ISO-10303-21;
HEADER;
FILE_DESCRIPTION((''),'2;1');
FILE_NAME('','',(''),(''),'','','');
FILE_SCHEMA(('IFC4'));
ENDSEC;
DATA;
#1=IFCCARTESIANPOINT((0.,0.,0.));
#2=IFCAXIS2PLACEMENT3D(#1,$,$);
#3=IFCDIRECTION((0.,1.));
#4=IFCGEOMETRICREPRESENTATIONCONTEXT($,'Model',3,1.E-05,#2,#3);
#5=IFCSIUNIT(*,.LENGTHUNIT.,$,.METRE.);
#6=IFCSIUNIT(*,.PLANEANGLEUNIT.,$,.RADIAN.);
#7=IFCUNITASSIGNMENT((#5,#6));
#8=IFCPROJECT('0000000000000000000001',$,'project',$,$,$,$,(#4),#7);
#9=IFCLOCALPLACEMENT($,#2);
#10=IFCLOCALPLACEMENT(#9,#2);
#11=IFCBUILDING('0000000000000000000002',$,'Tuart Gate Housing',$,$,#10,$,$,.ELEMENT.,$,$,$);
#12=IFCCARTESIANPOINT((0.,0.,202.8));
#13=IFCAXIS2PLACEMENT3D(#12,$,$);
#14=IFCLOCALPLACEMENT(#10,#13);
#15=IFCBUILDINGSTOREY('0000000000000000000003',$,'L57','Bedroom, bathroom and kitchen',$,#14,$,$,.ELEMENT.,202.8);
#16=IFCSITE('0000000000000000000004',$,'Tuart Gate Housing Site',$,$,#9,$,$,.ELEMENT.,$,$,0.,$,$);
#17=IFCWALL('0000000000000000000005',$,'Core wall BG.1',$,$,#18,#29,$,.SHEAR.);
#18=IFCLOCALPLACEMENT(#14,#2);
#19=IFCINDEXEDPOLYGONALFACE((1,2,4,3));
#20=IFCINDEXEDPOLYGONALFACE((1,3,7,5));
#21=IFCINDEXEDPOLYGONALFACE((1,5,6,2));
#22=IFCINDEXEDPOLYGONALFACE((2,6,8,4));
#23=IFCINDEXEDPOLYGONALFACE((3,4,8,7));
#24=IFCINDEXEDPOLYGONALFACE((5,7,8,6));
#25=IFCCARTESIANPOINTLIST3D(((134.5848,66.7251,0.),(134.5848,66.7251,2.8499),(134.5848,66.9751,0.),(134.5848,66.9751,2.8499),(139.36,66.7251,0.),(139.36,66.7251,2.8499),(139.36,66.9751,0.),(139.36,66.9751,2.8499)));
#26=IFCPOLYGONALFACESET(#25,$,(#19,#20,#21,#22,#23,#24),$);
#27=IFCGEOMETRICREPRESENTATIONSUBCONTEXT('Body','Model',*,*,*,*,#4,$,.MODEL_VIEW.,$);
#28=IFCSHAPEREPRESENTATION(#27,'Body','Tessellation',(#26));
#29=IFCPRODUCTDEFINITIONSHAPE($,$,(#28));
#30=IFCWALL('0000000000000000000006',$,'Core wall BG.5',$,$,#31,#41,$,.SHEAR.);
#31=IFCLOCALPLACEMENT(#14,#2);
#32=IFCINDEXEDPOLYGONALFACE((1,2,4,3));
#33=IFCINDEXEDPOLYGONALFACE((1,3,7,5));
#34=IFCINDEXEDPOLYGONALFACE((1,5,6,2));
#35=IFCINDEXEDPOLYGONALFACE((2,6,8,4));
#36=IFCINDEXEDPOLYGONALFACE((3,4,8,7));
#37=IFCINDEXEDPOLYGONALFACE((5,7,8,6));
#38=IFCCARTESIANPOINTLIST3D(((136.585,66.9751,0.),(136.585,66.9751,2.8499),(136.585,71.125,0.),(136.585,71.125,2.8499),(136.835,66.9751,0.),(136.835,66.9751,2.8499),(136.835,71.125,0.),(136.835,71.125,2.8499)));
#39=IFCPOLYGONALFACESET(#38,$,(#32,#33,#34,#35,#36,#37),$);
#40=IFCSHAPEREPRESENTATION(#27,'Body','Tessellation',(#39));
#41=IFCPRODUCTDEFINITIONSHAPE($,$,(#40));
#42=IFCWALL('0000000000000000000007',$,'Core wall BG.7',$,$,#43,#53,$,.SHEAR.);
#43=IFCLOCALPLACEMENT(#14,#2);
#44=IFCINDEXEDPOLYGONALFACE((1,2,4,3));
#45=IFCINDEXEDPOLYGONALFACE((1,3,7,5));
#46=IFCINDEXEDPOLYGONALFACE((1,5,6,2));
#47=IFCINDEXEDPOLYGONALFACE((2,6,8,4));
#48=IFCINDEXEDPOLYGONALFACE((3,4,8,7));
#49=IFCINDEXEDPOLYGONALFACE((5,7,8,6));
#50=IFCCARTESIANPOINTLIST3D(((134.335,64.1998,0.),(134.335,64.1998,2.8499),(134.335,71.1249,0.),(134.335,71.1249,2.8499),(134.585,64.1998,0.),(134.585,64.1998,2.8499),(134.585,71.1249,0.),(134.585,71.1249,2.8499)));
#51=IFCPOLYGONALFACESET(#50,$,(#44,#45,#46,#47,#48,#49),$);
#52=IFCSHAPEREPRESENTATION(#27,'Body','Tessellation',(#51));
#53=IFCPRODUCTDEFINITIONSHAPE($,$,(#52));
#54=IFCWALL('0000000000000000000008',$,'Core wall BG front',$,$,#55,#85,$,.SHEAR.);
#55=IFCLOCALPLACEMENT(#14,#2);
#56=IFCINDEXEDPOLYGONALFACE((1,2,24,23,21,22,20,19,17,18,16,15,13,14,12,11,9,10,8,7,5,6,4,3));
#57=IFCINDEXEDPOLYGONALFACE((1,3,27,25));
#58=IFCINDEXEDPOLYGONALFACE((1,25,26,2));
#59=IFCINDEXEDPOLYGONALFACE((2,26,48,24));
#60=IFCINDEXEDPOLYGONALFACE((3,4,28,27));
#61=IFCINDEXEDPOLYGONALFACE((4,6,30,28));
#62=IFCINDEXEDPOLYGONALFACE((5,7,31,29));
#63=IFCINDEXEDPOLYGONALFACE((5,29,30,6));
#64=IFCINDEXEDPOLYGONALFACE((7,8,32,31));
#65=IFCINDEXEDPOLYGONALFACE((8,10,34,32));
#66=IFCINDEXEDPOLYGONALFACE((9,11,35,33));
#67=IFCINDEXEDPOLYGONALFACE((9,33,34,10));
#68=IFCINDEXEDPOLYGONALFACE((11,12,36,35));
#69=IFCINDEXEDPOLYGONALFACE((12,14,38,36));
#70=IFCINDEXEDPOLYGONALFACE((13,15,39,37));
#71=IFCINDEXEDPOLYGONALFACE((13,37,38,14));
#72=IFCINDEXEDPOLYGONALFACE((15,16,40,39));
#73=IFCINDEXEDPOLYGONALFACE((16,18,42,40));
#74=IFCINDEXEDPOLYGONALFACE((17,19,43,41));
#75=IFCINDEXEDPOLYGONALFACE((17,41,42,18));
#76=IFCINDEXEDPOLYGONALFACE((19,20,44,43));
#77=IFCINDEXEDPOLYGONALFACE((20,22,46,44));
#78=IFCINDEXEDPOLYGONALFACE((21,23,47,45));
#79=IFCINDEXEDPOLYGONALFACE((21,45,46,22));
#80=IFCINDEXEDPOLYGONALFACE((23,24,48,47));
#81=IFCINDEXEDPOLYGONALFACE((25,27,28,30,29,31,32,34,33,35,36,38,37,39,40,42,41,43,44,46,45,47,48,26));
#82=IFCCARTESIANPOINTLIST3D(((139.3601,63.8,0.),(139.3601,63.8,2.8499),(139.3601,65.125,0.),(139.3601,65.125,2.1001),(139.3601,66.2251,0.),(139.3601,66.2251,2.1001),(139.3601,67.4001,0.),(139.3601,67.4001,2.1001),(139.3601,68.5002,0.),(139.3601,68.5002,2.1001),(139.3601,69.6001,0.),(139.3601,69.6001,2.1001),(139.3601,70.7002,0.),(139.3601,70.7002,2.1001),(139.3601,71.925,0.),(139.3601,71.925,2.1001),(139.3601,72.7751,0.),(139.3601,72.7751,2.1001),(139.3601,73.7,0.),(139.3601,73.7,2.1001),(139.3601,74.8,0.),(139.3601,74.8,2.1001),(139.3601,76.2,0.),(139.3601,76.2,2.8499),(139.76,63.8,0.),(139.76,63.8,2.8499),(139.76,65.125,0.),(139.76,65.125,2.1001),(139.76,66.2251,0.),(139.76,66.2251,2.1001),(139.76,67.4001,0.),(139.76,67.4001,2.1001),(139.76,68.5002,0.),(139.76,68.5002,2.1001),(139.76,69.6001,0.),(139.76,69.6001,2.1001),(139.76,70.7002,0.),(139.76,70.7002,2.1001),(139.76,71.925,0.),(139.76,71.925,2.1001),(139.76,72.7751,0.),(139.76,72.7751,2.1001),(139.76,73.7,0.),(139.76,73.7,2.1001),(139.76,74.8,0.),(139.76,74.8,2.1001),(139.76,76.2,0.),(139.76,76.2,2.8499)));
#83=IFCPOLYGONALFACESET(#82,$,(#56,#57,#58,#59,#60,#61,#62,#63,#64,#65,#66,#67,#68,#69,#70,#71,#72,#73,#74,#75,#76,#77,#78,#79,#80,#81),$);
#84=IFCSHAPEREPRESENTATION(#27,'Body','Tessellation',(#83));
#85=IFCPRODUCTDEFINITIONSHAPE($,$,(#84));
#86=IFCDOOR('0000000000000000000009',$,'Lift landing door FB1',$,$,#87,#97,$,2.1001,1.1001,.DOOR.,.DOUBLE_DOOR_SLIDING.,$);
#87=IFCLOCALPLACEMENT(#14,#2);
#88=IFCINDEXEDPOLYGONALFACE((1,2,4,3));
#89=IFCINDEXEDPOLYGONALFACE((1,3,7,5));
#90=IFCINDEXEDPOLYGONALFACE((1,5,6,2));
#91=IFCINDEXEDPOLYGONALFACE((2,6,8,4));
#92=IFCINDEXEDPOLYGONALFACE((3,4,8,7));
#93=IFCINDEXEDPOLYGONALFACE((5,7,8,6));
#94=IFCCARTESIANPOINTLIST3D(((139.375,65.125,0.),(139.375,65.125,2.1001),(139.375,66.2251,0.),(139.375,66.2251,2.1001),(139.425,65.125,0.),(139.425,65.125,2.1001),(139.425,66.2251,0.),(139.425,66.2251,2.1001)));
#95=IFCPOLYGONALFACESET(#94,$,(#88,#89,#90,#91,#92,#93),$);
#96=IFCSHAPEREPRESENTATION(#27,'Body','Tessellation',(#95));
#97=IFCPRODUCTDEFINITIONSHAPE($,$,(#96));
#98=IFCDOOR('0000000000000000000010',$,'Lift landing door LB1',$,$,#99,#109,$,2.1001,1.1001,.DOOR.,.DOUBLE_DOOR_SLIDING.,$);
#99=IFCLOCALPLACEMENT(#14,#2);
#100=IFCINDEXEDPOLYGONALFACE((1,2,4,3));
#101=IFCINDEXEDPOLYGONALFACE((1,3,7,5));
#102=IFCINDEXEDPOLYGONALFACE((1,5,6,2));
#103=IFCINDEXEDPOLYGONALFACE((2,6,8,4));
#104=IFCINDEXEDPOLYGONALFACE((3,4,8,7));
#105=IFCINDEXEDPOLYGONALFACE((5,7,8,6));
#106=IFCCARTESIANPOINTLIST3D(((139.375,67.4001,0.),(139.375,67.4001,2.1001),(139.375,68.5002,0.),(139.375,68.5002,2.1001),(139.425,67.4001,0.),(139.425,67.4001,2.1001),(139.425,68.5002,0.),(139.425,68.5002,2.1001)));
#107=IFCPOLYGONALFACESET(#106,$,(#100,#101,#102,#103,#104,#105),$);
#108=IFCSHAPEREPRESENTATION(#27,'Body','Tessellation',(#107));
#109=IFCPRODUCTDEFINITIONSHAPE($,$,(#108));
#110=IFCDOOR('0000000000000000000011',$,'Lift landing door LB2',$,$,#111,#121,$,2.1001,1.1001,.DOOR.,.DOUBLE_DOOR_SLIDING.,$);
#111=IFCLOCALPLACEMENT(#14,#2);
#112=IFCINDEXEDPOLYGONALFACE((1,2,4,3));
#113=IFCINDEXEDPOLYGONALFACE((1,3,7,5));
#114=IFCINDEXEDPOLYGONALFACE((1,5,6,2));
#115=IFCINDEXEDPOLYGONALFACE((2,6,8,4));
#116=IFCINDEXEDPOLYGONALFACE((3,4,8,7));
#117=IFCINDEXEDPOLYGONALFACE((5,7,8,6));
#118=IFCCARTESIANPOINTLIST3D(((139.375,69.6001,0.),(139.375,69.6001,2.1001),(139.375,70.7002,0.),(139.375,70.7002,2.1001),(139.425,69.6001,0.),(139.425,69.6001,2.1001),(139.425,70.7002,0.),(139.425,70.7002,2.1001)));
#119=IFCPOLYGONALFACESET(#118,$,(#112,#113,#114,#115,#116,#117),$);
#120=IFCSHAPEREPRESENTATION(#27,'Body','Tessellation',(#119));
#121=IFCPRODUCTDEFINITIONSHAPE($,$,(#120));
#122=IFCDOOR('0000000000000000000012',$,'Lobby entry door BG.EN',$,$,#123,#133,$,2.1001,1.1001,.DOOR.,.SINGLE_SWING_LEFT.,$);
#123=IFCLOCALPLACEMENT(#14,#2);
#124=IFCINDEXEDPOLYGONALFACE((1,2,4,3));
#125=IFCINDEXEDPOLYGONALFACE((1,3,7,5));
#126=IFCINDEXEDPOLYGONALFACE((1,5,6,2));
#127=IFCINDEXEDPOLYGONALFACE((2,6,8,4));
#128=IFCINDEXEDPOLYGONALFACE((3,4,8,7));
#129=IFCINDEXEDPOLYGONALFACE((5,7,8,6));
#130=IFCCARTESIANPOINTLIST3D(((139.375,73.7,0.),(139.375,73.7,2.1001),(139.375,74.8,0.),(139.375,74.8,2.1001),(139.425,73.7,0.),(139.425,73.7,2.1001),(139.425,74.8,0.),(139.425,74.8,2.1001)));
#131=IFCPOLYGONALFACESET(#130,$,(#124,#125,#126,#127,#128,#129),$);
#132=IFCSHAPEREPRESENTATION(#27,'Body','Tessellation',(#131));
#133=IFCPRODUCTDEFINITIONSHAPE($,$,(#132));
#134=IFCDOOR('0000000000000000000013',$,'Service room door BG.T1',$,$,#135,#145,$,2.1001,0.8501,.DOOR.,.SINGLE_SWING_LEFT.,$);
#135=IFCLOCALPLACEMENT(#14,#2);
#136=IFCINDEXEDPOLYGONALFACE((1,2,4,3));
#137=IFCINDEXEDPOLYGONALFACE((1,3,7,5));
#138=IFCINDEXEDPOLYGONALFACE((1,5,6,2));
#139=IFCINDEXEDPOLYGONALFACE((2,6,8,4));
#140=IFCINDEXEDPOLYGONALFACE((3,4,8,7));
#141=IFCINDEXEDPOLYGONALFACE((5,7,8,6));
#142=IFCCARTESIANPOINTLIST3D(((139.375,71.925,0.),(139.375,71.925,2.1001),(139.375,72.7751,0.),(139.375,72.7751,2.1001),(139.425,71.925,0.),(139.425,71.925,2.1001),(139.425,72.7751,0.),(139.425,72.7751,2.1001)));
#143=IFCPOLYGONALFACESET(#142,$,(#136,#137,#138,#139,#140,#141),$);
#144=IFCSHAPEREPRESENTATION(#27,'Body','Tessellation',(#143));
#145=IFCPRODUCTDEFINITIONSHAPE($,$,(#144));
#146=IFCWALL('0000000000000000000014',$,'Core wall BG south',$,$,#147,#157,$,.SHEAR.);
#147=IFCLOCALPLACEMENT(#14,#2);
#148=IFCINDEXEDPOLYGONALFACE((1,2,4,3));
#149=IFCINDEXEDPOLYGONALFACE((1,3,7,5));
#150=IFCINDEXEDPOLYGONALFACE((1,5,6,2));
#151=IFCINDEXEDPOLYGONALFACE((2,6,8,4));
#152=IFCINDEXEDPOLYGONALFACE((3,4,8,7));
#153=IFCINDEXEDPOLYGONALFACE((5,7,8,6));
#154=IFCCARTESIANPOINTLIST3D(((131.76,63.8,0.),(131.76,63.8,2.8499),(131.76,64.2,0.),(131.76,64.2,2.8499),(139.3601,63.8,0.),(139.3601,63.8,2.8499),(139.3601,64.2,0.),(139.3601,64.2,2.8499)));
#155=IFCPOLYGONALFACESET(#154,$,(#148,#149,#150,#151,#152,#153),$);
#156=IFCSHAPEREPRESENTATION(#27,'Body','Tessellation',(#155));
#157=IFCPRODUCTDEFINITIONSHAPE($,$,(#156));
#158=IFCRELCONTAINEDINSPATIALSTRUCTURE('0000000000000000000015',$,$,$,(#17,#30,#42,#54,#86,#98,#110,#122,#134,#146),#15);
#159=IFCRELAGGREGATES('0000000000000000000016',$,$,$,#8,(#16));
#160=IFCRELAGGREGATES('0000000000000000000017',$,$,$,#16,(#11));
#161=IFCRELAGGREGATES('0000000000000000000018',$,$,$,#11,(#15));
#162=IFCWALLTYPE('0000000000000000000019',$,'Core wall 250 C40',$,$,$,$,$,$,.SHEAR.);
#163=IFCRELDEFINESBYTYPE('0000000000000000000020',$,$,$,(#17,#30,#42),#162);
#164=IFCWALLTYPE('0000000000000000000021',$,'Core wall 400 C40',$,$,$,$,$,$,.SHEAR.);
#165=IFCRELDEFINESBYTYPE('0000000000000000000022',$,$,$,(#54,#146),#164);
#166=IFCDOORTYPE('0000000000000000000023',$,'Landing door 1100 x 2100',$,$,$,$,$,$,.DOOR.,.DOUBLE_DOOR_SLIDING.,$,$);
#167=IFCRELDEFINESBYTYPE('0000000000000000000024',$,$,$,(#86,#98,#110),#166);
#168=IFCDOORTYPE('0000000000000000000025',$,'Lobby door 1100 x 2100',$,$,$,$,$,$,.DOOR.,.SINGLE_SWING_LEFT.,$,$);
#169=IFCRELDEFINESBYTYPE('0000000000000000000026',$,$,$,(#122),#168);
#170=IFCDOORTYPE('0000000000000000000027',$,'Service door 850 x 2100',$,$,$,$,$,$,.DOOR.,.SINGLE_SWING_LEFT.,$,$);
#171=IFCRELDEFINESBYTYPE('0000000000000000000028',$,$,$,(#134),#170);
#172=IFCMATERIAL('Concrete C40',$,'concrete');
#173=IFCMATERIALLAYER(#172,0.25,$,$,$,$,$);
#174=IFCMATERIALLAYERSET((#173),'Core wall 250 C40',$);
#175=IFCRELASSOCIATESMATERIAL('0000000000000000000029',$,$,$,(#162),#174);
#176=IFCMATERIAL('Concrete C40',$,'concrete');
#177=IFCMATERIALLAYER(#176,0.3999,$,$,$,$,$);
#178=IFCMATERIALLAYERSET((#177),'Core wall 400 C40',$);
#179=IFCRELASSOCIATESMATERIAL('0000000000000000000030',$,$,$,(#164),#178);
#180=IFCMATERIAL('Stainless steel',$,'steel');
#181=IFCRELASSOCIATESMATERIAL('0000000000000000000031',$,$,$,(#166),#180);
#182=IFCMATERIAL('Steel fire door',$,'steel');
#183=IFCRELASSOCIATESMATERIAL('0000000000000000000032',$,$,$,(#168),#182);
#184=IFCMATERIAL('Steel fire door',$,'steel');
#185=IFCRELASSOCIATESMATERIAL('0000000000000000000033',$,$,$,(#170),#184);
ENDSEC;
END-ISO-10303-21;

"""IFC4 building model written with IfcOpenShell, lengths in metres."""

from ifc_helpers import new_model, si_unit, direction, frame, frame_2d, origin, place, context, subcontext, project, spatial, rectangle, extrude, material, layer, layer_set, type_object, element, fill, save


model = new_model("IFC4")

# Units and contexts
model_context = context("Model", 3, precision=1e-05, world=origin(), true_north=direction((0.0, 1.0)))
body_context = subcontext(model_context, "Body", "Model", "MODEL_VIEW")
ifc_project = project(units=[si_unit("LENGTHUNIT", "METRE"), si_unit("PLANEANGLEUNIT", "RADIAN")], contexts=[model_context])

# Site, building, storey
site_placement = place(None, origin())
site = spatial("IfcSite", under=ifc_project, at=site_placement, Name="Tuart Gate Housing Site", CompositionType="ELEMENT", RefElevation=0.0)
building_placement = place(site_placement, origin())
building = spatial("IfcBuilding", under=site, at=building_placement, Name="Tuart Gate Housing", CompositionType="ELEMENT")
storey_placement = place(building_placement, frame((0.0, 0.0, 202.8)))
storey = spatial("IfcBuildingStorey", under=building, at=storey_placement, Name="L57", Description="Bedroom, bathroom and kitchen", CompositionType="ELEMENT", Elevation=202.8)

# Walls
ifc_material_1 = material(Name="Concrete C40", Category="concrete")
ifc_layer_1 = layer(ifc_material_1, 0.25)
ifc_layer_set_1 = layer_set([ifc_layer_1], Name="Core wall 250 C40")
wall_type_1 = type_object("IfcWallType", Name="Core wall 250 C40", PredefinedType="SHEAR", material=ifc_layer_set_1)
wall_1_placement = place(storey_placement, frame((139.3601, 66.8501, 0.0), z_axis=(0.0, 0.0, 1.0), x_axis=(-1.0, 0.0, 0.0)))
element("IfcWall", 1, at=wall_1_placement, inside=storey, type_object=wall_type_1, Name="Core wall BG.1", PredefinedType="SHEAR", context=body_context, shape_type="SweptSolid", body=[
    extrude(rectangle(XDim=4.7751, YDim=0.25, at=frame_2d((2.3877, 0.0))), origin(), (0.0, 0.0, 1.0), 2.8499),
])
wall_2_placement = place(storey_placement, frame((136.71, 66.9751, 0.0), z_axis=(0.0, 0.0, 1.0), x_axis=(0.0, 1.0, 0.0)))
element("IfcWall", 2, at=wall_2_placement, inside=storey, type_object=wall_type_1, Name="Core wall BG.5", PredefinedType="SHEAR", context=body_context, shape_type="SweptSolid", body=[
    extrude(rectangle(XDim=4.1499, YDim=0.25, at=frame_2d((2.075, 0.0))), origin(), (0.0, 0.0, 1.0), 2.8499),
])
wall_3_placement = place(storey_placement, frame((134.46, 64.2, 0.0), z_axis=(0.0, 0.0, 1.0), x_axis=(0.0, 1.0, 0.0)))
element("IfcWall", 3, at=wall_3_placement, inside=storey, type_object=wall_type_1, Name="Core wall BG.7", PredefinedType="SHEAR", context=body_context, shape_type="SweptSolid", body=[
    extrude(rectangle(XDim=6.925, YDim=0.25, at=frame_2d((3.4624, 0.0))), origin(), (0.0, 0.0, 1.0), 2.8499),
])

# Wall, openings, doors
ifc_material_2 = material(Name="Concrete C40", Category="concrete")
ifc_layer_2 = layer(ifc_material_2, 0.3999)
ifc_layer_set_2 = layer_set([ifc_layer_2], Name="Core wall 400 C40")
wall_type_2 = type_object("IfcWallType", Name="Core wall 400 C40", PredefinedType="SHEAR", material=ifc_layer_set_2)
wall_4_placement = place(storey_placement, frame((139.5601, 63.8, 0.0), z_axis=(0.0, 0.0, 1.0), x_axis=(0.0, 1.0, 0.0)))
wall_4 = element("IfcWall", 4, at=wall_4_placement, inside=storey, type_object=wall_type_2, Name="Core wall BG front", PredefinedType="SHEAR", context=body_context, shape_type="SweptSolid", body=[
    extrude(rectangle(XDim=12.3999, YDim=0.3999, at=frame_2d((6.2, 0.0))), origin(), (0.0, 0.0, 1.0), 2.8499),
])
opening_1_placement = place(wall_4_placement, frame((1.325, 0.0, 0.0)))
opening_1 = element("IfcOpeningElement", 5, at=opening_1_placement, cuts=wall_4, PredefinedType="OPENING", context=body_context, shape_type="SweptSolid", body=[
    extrude(rectangle(XDim=1.1001, YDim=2.1001, at=frame_2d((0.55, 1.05))), frame((0.0, 0.21, 0.0), z_axis=(0.0, -1.0, 0.0), x_axis=(1.0, 0.0, 0.0)), (0.0, 0.0, 1.0), 0.4199),
])
opening_2_placement = place(wall_4_placement, frame((3.6001, 0.0, 0.0)))
opening_2 = element("IfcOpeningElement", 6, at=opening_2_placement, cuts=wall_4, PredefinedType="OPENING", context=body_context, shape_type="SweptSolid", body=[
    extrude(rectangle(XDim=1.1001, YDim=2.1001, at=frame_2d((0.55, 1.05))), frame((0.0, 0.21, 0.0), z_axis=(0.0, -1.0, 0.0), x_axis=(1.0, 0.0, 0.0)), (0.0, 0.0, 1.0), 0.4199),
])
opening_3_placement = place(wall_4_placement, frame((5.8, 0.0, 0.0)))
opening_3 = element("IfcOpeningElement", 7, at=opening_3_placement, cuts=wall_4, PredefinedType="OPENING", context=body_context, shape_type="SweptSolid", body=[
    extrude(rectangle(XDim=1.1001, YDim=2.1001, at=frame_2d((0.55, 1.05))), frame((0.0, 0.21, 0.0), z_axis=(0.0, -1.0, 0.0), x_axis=(1.0, 0.0, 0.0)), (0.0, 0.0, 1.0), 0.4199),
])
opening_4_placement = place(wall_4_placement, frame((9.8999, 0.0, 0.0)))
opening_4 = element("IfcOpeningElement", 8, at=opening_4_placement, cuts=wall_4, PredefinedType="OPENING", context=body_context, shape_type="SweptSolid", body=[
    extrude(rectangle(XDim=1.1001, YDim=2.1001, at=frame_2d((0.55, 1.05))), frame((0.0, 0.21, 0.0), z_axis=(0.0, -1.0, 0.0), x_axis=(1.0, 0.0, 0.0)), (0.0, 0.0, 1.0), 0.4199),
])
opening_5_placement = place(wall_4_placement, frame((8.125, 0.0, 0.0)))
opening_5 = element("IfcOpeningElement", 9, at=opening_5_placement, cuts=wall_4, PredefinedType="OPENING", context=body_context, shape_type="SweptSolid", body=[
    extrude(rectangle(XDim=0.8501, YDim=2.1001, at=frame_2d((0.425, 1.05))), frame((0.0, 0.21, 0.0), z_axis=(0.0, -1.0, 0.0), x_axis=(1.0, 0.0, 0.0)), (0.0, 0.0, 1.0), 0.4199),
])
ifc_material_3 = material(Name="Stainless steel", Category="steel")
door_type_1 = type_object("IfcDoorType", Name="Landing door 1100 x 2100", OperationType="DOUBLE_DOOR_SLIDING", PredefinedType="DOOR", material=ifc_material_3)
door_1_placement = place(opening_1_placement, origin())
door_1 = element("IfcDoor", 10, at=door_1_placement, inside=storey, type_object=door_type_1, Name="Lift landing door FB1", OperationType="DOUBLE_DOOR_SLIDING", OverallHeight=2.1001, OverallWidth=1.1001, PredefinedType="DOOR", context=body_context, shape_type="SweptSolid", body=[
    extrude(rectangle(XDim=1.1001, YDim=2.1001, at=frame_2d((0.55, 1.05))), frame((0.0, 0.1851, 0.0), z_axis=(0.0, -1.0, 0.0), x_axis=(1.0, 0.0, 0.0)), (0.0, 0.0, 1.0), 0.05),
])
fill(opening_1, door_1)
door_2_placement = place(opening_2_placement, origin())
door_2 = element("IfcDoor", 11, at=door_2_placement, inside=storey, type_object=door_type_1, Name="Lift landing door LB1", OperationType="DOUBLE_DOOR_SLIDING", OverallHeight=2.1001, OverallWidth=1.1001, PredefinedType="DOOR", context=body_context, shape_type="SweptSolid", body=[
    extrude(rectangle(XDim=1.1001, YDim=2.1001, at=frame_2d((0.55, 1.05))), frame((0.0, 0.1851, 0.0), z_axis=(0.0, -1.0, 0.0), x_axis=(1.0, 0.0, 0.0)), (0.0, 0.0, 1.0), 0.05),
])
fill(opening_2, door_2)
door_3_placement = place(opening_3_placement, origin())
door_3 = element("IfcDoor", 12, at=door_3_placement, inside=storey, type_object=door_type_1, Name="Lift landing door LB2", OperationType="DOUBLE_DOOR_SLIDING", OverallHeight=2.1001, OverallWidth=1.1001, PredefinedType="DOOR", context=body_context, shape_type="SweptSolid", body=[
    extrude(rectangle(XDim=1.1001, YDim=2.1001, at=frame_2d((0.55, 1.05))), frame((0.0, 0.1851, 0.0), z_axis=(0.0, -1.0, 0.0), x_axis=(1.0, 0.0, 0.0)), (0.0, 0.0, 1.0), 0.05),
])
fill(opening_3, door_3)
ifc_material_4 = material(Name="Steel fire door", Category="steel")
door_type_2 = type_object("IfcDoorType", Name="Lobby door 1100 x 2100", OperationType="SINGLE_SWING_LEFT", PredefinedType="DOOR", material=ifc_material_4)
door_4_placement = place(opening_4_placement, origin())
door_4 = element("IfcDoor", 13, at=door_4_placement, inside=storey, type_object=door_type_2, Name="Lobby entry door BG.EN", OperationType="SINGLE_SWING_LEFT", OverallHeight=2.1001, OverallWidth=1.1001, PredefinedType="DOOR", context=body_context, shape_type="SweptSolid", body=[
    extrude(rectangle(XDim=1.1001, YDim=2.1001, at=frame_2d((0.55, 1.05))), frame((0.0, 0.1851, 0.0), z_axis=(0.0, -1.0, 0.0), x_axis=(1.0, 0.0, 0.0)), (0.0, 0.0, 1.0), 0.05),
])
fill(opening_4, door_4)
ifc_material_5 = material(Name="Steel fire door", Category="steel")
door_type_3 = type_object("IfcDoorType", Name="Service door 850 x 2100", OperationType="SINGLE_SWING_LEFT", PredefinedType="DOOR", material=ifc_material_5)
door_5_placement = place(opening_5_placement, origin())
door_5 = element("IfcDoor", 14, at=door_5_placement, inside=storey, type_object=door_type_3, Name="Service room door BG.T1", OperationType="SINGLE_SWING_LEFT", OverallHeight=2.1001, OverallWidth=0.8501, PredefinedType="DOOR", context=body_context, shape_type="SweptSolid", body=[
    extrude(rectangle(XDim=0.8501, YDim=2.1001, at=frame_2d((0.425, 1.05))), frame((0.0, 0.1851, 0.0), z_axis=(0.0, -1.0, 0.0), x_axis=(1.0, 0.0, 0.0)), (0.0, 0.0, 1.0), 0.05),
])
fill(opening_5, door_5)

# Wall
wall_5_placement = place(storey_placement, frame((139.3601, 64.0, 0.0), z_axis=(0.0, 0.0, 1.0), x_axis=(-1.0, 0.0, 0.0)))
element("IfcWall", 15, at=wall_5_placement, inside=storey, type_object=wall_type_2, Name="Core wall BG south", PredefinedType="SHEAR", context=body_context, shape_type="SweptSolid", body=[
    extrude(rectangle(XDim=7.6001, YDim=0.3999, at=frame_2d((3.8, 0.0))), origin(), (0.0, 0.0, 1.0), 2.8499),
])

save(model, "model.ifc")
